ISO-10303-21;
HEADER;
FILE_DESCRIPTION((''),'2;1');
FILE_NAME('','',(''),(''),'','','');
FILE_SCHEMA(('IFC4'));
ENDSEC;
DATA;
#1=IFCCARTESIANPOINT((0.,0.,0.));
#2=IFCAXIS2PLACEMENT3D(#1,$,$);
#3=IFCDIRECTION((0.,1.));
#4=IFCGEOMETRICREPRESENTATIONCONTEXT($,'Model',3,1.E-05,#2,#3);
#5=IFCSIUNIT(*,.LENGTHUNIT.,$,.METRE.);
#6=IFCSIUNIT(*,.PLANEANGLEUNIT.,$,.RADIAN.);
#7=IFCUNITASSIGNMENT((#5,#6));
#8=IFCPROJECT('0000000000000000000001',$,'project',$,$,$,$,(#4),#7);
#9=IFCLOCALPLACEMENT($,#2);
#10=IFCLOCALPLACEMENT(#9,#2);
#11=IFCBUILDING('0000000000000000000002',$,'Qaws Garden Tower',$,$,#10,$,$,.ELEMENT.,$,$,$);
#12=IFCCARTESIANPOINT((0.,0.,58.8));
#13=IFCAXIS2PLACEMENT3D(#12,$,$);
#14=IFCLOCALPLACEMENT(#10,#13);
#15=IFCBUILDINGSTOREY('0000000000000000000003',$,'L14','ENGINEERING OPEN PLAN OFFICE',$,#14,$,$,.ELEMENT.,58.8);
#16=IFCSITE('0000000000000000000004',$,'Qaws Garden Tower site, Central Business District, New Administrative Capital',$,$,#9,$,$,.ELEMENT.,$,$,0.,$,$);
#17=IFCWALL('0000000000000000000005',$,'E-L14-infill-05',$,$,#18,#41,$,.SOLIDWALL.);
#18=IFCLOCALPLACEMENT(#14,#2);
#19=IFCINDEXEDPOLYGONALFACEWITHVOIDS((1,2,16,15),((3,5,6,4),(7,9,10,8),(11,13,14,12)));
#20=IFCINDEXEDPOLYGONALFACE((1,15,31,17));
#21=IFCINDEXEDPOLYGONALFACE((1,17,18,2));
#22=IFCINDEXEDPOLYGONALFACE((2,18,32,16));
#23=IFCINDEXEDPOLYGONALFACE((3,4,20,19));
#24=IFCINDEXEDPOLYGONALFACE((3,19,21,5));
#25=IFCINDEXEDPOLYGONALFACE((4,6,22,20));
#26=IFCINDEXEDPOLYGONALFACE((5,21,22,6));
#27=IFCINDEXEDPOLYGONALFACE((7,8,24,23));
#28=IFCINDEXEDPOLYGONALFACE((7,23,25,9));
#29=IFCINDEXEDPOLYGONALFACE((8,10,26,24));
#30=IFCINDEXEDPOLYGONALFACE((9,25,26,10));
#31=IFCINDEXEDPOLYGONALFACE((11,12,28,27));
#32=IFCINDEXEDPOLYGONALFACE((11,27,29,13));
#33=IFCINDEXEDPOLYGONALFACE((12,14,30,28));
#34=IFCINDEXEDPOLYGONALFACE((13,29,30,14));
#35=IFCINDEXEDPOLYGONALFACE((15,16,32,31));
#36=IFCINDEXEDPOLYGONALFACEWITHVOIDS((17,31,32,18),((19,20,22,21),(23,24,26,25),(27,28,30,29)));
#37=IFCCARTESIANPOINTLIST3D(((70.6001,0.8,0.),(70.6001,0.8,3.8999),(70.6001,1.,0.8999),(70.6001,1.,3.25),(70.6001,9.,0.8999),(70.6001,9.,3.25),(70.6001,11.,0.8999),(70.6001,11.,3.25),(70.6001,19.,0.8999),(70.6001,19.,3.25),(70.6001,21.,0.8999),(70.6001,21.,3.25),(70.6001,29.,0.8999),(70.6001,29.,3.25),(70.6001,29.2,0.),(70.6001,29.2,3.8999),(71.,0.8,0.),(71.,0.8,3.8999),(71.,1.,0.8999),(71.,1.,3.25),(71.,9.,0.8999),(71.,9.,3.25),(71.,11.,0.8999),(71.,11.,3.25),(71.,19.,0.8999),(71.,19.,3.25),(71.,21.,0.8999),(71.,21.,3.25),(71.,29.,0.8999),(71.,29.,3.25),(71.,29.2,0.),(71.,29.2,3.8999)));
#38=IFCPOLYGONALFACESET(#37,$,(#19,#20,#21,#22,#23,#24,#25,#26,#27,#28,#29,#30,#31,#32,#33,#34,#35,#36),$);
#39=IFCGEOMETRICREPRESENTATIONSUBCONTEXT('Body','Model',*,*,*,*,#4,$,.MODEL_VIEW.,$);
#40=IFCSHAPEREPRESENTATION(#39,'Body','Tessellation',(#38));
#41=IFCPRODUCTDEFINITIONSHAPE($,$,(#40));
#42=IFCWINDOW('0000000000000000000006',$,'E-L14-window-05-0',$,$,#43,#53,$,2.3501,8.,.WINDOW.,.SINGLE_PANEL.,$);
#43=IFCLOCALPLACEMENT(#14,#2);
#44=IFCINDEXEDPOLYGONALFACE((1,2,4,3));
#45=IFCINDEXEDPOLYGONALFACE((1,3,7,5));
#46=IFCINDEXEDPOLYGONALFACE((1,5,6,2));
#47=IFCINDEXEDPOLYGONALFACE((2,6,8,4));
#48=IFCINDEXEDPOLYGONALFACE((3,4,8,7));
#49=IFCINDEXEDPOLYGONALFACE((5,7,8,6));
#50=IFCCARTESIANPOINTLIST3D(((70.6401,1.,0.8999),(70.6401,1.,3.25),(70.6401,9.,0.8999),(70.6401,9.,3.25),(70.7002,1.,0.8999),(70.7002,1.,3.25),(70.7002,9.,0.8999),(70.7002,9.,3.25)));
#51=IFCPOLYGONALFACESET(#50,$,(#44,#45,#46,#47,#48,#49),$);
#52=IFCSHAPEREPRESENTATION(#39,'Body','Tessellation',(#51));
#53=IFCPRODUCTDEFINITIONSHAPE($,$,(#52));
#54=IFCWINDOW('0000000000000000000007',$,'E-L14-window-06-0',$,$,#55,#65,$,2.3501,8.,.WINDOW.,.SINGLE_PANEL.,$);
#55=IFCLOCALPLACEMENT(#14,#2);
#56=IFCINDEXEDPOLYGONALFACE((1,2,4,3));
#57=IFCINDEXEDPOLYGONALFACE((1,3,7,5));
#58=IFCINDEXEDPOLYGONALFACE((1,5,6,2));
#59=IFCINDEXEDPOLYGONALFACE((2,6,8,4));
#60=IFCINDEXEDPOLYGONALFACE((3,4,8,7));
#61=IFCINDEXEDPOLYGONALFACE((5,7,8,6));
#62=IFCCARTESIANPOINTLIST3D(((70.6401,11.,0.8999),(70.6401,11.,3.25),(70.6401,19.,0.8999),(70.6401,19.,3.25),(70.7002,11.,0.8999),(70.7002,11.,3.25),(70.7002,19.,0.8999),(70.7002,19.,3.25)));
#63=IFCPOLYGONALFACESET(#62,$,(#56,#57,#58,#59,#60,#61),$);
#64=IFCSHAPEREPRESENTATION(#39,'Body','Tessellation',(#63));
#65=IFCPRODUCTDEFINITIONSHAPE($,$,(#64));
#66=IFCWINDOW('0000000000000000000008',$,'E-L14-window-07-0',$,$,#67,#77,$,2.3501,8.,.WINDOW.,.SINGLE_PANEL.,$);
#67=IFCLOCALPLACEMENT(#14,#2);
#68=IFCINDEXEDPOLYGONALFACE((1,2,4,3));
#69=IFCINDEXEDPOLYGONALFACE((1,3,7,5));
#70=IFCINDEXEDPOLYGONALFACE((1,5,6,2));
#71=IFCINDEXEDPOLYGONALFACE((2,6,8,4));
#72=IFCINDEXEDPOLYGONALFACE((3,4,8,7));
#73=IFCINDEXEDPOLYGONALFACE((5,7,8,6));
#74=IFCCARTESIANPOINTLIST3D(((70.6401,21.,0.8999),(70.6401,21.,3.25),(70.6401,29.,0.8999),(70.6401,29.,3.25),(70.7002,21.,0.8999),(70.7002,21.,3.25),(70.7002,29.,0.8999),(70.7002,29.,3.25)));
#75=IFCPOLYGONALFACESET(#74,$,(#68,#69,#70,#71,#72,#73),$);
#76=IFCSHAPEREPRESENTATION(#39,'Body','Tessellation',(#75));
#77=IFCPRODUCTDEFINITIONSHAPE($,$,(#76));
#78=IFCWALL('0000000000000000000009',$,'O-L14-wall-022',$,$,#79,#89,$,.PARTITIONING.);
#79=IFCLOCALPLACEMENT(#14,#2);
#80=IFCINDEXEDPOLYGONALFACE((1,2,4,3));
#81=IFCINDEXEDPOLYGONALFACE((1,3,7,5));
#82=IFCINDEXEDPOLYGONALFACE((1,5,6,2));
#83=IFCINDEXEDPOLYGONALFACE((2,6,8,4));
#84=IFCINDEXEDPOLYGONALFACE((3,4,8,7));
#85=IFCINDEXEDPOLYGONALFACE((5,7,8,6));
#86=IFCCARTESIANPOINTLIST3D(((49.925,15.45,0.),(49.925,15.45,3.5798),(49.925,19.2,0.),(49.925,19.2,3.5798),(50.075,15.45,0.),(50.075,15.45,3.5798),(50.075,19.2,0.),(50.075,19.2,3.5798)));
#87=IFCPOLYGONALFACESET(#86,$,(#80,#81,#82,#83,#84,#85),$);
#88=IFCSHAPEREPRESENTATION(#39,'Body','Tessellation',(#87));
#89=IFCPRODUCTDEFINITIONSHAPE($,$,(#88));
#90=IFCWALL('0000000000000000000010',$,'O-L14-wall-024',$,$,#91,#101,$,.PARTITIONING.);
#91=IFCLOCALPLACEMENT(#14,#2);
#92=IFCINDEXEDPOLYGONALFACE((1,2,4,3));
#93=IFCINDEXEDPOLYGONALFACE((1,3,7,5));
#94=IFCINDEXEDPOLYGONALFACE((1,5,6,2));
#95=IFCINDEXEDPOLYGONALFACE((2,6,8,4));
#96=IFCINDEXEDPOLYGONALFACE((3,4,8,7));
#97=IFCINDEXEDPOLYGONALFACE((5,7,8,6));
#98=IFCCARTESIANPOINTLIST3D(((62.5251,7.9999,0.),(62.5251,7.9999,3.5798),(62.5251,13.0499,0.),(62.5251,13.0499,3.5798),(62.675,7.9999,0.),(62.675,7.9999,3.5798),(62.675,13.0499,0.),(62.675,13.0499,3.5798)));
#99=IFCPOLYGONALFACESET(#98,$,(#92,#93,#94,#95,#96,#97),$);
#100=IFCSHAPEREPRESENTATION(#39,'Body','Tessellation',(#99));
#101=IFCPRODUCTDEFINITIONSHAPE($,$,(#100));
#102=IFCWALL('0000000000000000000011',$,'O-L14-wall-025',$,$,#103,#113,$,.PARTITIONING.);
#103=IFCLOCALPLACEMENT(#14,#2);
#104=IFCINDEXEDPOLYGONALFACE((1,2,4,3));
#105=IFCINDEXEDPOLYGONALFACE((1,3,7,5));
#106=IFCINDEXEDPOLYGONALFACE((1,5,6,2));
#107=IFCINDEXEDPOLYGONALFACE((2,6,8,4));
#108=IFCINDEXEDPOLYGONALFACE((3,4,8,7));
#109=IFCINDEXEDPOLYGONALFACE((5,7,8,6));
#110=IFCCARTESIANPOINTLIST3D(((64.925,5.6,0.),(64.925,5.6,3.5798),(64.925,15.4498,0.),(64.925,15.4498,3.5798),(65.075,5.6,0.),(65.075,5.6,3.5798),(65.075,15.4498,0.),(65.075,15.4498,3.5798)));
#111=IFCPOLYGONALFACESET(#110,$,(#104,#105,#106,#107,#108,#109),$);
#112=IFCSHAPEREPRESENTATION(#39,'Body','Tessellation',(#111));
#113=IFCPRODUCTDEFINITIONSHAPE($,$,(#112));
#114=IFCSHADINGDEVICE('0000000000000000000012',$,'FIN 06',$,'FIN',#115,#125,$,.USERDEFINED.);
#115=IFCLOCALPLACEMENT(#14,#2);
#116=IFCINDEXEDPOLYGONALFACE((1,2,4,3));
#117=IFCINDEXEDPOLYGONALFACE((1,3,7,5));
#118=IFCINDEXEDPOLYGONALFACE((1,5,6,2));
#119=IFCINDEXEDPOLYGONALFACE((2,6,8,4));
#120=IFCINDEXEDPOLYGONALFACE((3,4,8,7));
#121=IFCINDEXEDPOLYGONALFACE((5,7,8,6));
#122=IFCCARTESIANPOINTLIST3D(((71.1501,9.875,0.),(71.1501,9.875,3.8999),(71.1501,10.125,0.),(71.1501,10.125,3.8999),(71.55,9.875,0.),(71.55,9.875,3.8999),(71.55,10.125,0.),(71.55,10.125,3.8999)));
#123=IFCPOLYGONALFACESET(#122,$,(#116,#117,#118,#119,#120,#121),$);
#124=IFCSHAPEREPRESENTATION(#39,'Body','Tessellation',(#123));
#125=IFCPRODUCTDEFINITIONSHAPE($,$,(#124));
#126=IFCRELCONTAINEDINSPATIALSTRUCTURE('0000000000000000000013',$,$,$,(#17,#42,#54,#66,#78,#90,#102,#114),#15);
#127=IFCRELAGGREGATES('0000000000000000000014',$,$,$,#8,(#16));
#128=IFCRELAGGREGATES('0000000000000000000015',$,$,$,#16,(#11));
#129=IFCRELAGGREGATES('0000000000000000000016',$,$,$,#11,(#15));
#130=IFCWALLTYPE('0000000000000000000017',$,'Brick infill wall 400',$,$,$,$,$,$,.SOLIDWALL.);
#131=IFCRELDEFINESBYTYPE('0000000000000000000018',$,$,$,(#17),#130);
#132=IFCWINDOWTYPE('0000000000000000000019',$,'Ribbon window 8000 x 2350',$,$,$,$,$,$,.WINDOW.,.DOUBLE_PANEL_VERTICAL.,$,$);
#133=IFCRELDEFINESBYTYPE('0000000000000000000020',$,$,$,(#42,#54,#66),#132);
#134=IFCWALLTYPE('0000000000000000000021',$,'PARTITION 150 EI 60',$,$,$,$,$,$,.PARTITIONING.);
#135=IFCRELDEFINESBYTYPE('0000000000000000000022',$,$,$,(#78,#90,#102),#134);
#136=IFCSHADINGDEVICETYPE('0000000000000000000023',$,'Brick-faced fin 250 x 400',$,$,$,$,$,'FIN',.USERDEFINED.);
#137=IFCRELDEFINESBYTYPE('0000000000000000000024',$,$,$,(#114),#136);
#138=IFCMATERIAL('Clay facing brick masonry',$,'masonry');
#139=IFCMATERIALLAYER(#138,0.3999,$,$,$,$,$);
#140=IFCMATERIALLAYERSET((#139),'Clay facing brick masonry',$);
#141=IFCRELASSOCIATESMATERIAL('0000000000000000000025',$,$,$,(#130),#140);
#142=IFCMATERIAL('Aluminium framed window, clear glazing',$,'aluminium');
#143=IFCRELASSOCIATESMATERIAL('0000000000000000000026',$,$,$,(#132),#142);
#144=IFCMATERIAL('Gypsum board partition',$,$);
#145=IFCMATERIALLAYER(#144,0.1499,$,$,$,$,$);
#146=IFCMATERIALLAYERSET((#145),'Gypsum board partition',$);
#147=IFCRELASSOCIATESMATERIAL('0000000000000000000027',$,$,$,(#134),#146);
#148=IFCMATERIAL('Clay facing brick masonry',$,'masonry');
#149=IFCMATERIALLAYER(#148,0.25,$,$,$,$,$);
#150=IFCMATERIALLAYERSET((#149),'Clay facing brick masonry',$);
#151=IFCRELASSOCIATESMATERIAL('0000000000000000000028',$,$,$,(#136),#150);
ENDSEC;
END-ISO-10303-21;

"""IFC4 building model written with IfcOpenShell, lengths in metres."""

from ifc_helpers import new_model, si_unit, direction, frame, frame_2d, origin, origin_2d, place, context, subcontext, project, spatial, rectangle, extrude, material, layer, layer_set, type_object, element, fill, save


model = new_model("IFC4")

# Units and contexts
model_context = context("Model", 3, precision=1e-05, world=origin(), true_north=direction((0.0, 1.0)))
body_context = subcontext(model_context, "Body", "Model", "MODEL_VIEW")
ifc_project = project(units=[si_unit("LENGTHUNIT", "METRE"), si_unit("PLANEANGLEUNIT", "RADIAN")], contexts=[model_context])

# Site, building, storey
site_placement = place(None, origin())
site = spatial("IfcSite", under=ifc_project, at=site_placement, Name="Qaws Garden Tower site, Central Business District, New Administrative Capital", CompositionType="ELEMENT", RefElevation=0.0)
building_placement = place(site_placement, origin())
building = spatial("IfcBuilding", under=site, at=building_placement, Name="Qaws Garden Tower", CompositionType="ELEMENT")
storey_placement = place(building_placement, frame((0.0, 0.0, 58.8)))
storey = spatial("IfcBuildingStorey", under=building, at=storey_placement, Name="L14", Description="ENGINEERING OPEN PLAN OFFICE", CompositionType="ELEMENT", Elevation=58.8)

# Wall, openings, windows
ifc_material_1 = material(Name="Clay facing brick masonry", Category="masonry")
ifc_layer_1 = layer(ifc_material_1, 0.3999)
ifc_layer_set_1 = layer_set([ifc_layer_1], Name="Clay facing brick masonry")
wall_type_1 = type_object("IfcWallType", Name="Brick infill wall 400", PredefinedType="SOLIDWALL", material=ifc_layer_set_1)
wall_1_placement = place(storey_placement, frame((70.8, 0.8, 0.0), z_axis=(0.0, 0.0, 1.0), x_axis=(0.0, 1.0, 0.0)))
wall_1 = element("IfcWall", 1, at=wall_1_placement, inside=storey, type_object=wall_type_1, Name="E-L14-infill-05", PredefinedType="SOLIDWALL", context=body_context, shape_type="SweptSolid", body=[
    extrude(rectangle(XDim=28.3999, YDim=0.3999, at=frame_2d((14.2, 0.0))), origin(), (0.0, 0.0, 1.0), 3.8999),
])
opening_1_placement = place(wall_1_placement, frame((0.2, 0.0, 0.8999)))
opening_1 = element("IfcOpeningElement", 2, at=opening_1_placement, cuts=wall_1, PredefinedType="OPENING", context=body_context, shape_type="SweptSolid", body=[
    extrude(rectangle(XDim=8.0, YDim=2.3501, at=frame_2d((4.0, 1.175))), frame((0.0, 0.21, 0.0), z_axis=(0.0, -1.0, 0.0), x_axis=(1.0, 0.0, 0.0)), (0.0, 0.0, 1.0), 0.4199),
])
opening_2_placement = place(wall_1_placement, frame((10.2, 0.0, 0.8999)))
opening_2 = element("IfcOpeningElement", 3, at=opening_2_placement, cuts=wall_1, PredefinedType="OPENING", context=body_context, shape_type="SweptSolid", body=[
    extrude(rectangle(XDim=8.0, YDim=2.3501, at=frame_2d((4.0, 1.175))), frame((0.0, 0.21, 0.0), z_axis=(0.0, -1.0, 0.0), x_axis=(1.0, 0.0, 0.0)), (0.0, 0.0, 1.0), 0.4199),
])
opening_3_placement = place(wall_1_placement, frame((20.2, 0.0, 0.8999)))
opening_3 = element("IfcOpeningElement", 4, at=opening_3_placement, cuts=wall_1, PredefinedType="OPENING", context=body_context, shape_type="SweptSolid", body=[
    extrude(rectangle(XDim=8.0, YDim=2.3501, at=frame_2d((4.0, 1.175))), frame((0.0, 0.21, 0.0), z_axis=(0.0, -1.0, 0.0), x_axis=(1.0, 0.0, 0.0)), (0.0, 0.0, 1.0), 0.4199),
])
ifc_material_2 = material(Name="Aluminium framed window, clear glazing", Category="aluminium")
window_type = type_object("IfcWindowType", Name="Ribbon window 8000 x 2350", PartitioningType="DOUBLE_PANEL_VERTICAL", PredefinedType="WINDOW", material=ifc_material_2)
window_1_placement = place(opening_1_placement, origin())
window_1 = element("IfcWindow", 5, at=window_1_placement, inside=storey, type_object=window_type, Name="E-L14-window-05-0", OverallHeight=2.3501, OverallWidth=8.0, PartitioningType="SINGLE_PANEL", PredefinedType="WINDOW", context=body_context, shape_type="SweptSolid", body=[
    extrude(rectangle(XDim=8.0, YDim=2.3501, at=frame_2d((4.0, 1.175))), frame((0.0, 0.1599, 0.0), z_axis=(0.0, -1.0, 0.0), x_axis=(1.0, 0.0, 0.0)), (0.0, 0.0, 1.0), 0.0601),
])
fill(opening_1, window_1)
window_2_placement = place(opening_2_placement, origin())
window_2 = element("IfcWindow", 6, at=window_2_placement, inside=storey, type_object=window_type, Name="E-L14-window-06-0", OverallHeight=2.3501, OverallWidth=8.0, PartitioningType="SINGLE_PANEL", PredefinedType="WINDOW", context=body_context, shape_type="SweptSolid", body=[
    extrude(rectangle(XDim=8.0, YDim=2.3501, at=frame_2d((4.0, 1.175))), frame((0.0, 0.1599, 0.0), z_axis=(0.0, -1.0, 0.0), x_axis=(1.0, 0.0, 0.0)), (0.0, 0.0, 1.0), 0.0601),
])
fill(opening_2, window_2)
window_3_placement = place(opening_3_placement, origin())
window_3 = element("IfcWindow", 7, at=window_3_placement, inside=storey, type_object=window_type, Name="E-L14-window-07-0", OverallHeight=2.3501, OverallWidth=8.0, PartitioningType="SINGLE_PANEL", PredefinedType="WINDOW", context=body_context, shape_type="SweptSolid", body=[
    extrude(rectangle(XDim=8.0, YDim=2.3501, at=frame_2d((4.0, 1.175))), frame((0.0, 0.1599, 0.0), z_axis=(0.0, -1.0, 0.0), x_axis=(1.0, 0.0, 0.0)), (0.0, 0.0, 1.0), 0.0601),
])
fill(opening_3, window_3)

# Walls
ifc_material_3 = material(Name="Gypsum board partition")
ifc_layer_2 = layer(ifc_material_3, 0.1499)
ifc_layer_set_2 = layer_set([ifc_layer_2], Name="Gypsum board partition")
wall_type_2 = type_object("IfcWallType", Name="PARTITION 150 EI 60", PredefinedType="PARTITIONING", material=ifc_layer_set_2)
wall_2_placement = place(storey_placement, frame((50.0, 15.45, 0.0), z_axis=(0.0, 0.0, 1.0), x_axis=(0.0, 1.0, 0.0)))
element("IfcWall", 8, at=wall_2_placement, inside=storey, type_object=wall_type_2, Name="O-L14-wall-022", PredefinedType="PARTITIONING", context=body_context, shape_type="SweptSolid", body=[
    extrude(rectangle(XDim=3.75, YDim=0.1499, at=frame_2d((1.875, 0.0))), origin(), (0.0, 0.0, 1.0), 3.5798),
])
wall_3_placement = place(storey_placement, frame((62.6001, 8.0, 0.0), z_axis=(0.0, 0.0, 1.0), x_axis=(0.0, 1.0, 0.0)))
element("IfcWall", 9, at=wall_3_placement, inside=storey, type_object=wall_type_2, Name="O-L14-wall-024", PredefinedType="PARTITIONING", context=body_context, shape_type="SweptSolid", body=[
    extrude(rectangle(XDim=5.05, YDim=0.1499, at=frame_2d((2.5249, 0.0))), origin(), (0.0, 0.0, 1.0), 3.5798),
])
wall_4_placement = place(storey_placement, frame((65.0, 5.6001, 0.0), z_axis=(0.0, 0.0, 1.0), x_axis=(0.0, 1.0, 0.0)))
element("IfcWall", 10, at=wall_4_placement, inside=storey, type_object=wall_type_2, Name="O-L14-wall-025", PredefinedType="PARTITIONING", context=body_context, shape_type="SweptSolid", body=[
    extrude(rectangle(XDim=9.8499, YDim=0.1499, at=frame_2d((4.9248, 0.0))), origin(), (0.0, 0.0, 1.0), 3.5798),
])

# Shading device
ifc_material_4 = material(Name="Clay facing brick masonry", Category="masonry")
ifc_layer_3 = layer(ifc_material_4, 0.25)
ifc_layer_set_3 = layer_set([ifc_layer_3], Name="Clay facing brick masonry")
shading_device_type = type_object("IfcShadingDeviceType", Name="Brick-faced fin 250 x 400", ElementType="FIN", PredefinedType="USERDEFINED", material=ifc_layer_set_3)
shading_device_placement = place(storey_placement, frame((71.3501, 10.0, 0.0), z_axis=(0.0, 0.0, 1.0), x_axis=(0.0, 1.0, 0.0)))
element("IfcShadingDevice", 11, at=shading_device_placement, inside=storey, type_object=shading_device_type, Name="FIN 06", ObjectType="FIN", PredefinedType="USERDEFINED", context=body_context, shape_type="SweptSolid", body=[
    extrude(rectangle(XDim=0.25, YDim=0.3999, at=origin_2d()), origin(), (0.0, 0.0, 1.0), 3.8999),
])

save(model, "model.ifc")
